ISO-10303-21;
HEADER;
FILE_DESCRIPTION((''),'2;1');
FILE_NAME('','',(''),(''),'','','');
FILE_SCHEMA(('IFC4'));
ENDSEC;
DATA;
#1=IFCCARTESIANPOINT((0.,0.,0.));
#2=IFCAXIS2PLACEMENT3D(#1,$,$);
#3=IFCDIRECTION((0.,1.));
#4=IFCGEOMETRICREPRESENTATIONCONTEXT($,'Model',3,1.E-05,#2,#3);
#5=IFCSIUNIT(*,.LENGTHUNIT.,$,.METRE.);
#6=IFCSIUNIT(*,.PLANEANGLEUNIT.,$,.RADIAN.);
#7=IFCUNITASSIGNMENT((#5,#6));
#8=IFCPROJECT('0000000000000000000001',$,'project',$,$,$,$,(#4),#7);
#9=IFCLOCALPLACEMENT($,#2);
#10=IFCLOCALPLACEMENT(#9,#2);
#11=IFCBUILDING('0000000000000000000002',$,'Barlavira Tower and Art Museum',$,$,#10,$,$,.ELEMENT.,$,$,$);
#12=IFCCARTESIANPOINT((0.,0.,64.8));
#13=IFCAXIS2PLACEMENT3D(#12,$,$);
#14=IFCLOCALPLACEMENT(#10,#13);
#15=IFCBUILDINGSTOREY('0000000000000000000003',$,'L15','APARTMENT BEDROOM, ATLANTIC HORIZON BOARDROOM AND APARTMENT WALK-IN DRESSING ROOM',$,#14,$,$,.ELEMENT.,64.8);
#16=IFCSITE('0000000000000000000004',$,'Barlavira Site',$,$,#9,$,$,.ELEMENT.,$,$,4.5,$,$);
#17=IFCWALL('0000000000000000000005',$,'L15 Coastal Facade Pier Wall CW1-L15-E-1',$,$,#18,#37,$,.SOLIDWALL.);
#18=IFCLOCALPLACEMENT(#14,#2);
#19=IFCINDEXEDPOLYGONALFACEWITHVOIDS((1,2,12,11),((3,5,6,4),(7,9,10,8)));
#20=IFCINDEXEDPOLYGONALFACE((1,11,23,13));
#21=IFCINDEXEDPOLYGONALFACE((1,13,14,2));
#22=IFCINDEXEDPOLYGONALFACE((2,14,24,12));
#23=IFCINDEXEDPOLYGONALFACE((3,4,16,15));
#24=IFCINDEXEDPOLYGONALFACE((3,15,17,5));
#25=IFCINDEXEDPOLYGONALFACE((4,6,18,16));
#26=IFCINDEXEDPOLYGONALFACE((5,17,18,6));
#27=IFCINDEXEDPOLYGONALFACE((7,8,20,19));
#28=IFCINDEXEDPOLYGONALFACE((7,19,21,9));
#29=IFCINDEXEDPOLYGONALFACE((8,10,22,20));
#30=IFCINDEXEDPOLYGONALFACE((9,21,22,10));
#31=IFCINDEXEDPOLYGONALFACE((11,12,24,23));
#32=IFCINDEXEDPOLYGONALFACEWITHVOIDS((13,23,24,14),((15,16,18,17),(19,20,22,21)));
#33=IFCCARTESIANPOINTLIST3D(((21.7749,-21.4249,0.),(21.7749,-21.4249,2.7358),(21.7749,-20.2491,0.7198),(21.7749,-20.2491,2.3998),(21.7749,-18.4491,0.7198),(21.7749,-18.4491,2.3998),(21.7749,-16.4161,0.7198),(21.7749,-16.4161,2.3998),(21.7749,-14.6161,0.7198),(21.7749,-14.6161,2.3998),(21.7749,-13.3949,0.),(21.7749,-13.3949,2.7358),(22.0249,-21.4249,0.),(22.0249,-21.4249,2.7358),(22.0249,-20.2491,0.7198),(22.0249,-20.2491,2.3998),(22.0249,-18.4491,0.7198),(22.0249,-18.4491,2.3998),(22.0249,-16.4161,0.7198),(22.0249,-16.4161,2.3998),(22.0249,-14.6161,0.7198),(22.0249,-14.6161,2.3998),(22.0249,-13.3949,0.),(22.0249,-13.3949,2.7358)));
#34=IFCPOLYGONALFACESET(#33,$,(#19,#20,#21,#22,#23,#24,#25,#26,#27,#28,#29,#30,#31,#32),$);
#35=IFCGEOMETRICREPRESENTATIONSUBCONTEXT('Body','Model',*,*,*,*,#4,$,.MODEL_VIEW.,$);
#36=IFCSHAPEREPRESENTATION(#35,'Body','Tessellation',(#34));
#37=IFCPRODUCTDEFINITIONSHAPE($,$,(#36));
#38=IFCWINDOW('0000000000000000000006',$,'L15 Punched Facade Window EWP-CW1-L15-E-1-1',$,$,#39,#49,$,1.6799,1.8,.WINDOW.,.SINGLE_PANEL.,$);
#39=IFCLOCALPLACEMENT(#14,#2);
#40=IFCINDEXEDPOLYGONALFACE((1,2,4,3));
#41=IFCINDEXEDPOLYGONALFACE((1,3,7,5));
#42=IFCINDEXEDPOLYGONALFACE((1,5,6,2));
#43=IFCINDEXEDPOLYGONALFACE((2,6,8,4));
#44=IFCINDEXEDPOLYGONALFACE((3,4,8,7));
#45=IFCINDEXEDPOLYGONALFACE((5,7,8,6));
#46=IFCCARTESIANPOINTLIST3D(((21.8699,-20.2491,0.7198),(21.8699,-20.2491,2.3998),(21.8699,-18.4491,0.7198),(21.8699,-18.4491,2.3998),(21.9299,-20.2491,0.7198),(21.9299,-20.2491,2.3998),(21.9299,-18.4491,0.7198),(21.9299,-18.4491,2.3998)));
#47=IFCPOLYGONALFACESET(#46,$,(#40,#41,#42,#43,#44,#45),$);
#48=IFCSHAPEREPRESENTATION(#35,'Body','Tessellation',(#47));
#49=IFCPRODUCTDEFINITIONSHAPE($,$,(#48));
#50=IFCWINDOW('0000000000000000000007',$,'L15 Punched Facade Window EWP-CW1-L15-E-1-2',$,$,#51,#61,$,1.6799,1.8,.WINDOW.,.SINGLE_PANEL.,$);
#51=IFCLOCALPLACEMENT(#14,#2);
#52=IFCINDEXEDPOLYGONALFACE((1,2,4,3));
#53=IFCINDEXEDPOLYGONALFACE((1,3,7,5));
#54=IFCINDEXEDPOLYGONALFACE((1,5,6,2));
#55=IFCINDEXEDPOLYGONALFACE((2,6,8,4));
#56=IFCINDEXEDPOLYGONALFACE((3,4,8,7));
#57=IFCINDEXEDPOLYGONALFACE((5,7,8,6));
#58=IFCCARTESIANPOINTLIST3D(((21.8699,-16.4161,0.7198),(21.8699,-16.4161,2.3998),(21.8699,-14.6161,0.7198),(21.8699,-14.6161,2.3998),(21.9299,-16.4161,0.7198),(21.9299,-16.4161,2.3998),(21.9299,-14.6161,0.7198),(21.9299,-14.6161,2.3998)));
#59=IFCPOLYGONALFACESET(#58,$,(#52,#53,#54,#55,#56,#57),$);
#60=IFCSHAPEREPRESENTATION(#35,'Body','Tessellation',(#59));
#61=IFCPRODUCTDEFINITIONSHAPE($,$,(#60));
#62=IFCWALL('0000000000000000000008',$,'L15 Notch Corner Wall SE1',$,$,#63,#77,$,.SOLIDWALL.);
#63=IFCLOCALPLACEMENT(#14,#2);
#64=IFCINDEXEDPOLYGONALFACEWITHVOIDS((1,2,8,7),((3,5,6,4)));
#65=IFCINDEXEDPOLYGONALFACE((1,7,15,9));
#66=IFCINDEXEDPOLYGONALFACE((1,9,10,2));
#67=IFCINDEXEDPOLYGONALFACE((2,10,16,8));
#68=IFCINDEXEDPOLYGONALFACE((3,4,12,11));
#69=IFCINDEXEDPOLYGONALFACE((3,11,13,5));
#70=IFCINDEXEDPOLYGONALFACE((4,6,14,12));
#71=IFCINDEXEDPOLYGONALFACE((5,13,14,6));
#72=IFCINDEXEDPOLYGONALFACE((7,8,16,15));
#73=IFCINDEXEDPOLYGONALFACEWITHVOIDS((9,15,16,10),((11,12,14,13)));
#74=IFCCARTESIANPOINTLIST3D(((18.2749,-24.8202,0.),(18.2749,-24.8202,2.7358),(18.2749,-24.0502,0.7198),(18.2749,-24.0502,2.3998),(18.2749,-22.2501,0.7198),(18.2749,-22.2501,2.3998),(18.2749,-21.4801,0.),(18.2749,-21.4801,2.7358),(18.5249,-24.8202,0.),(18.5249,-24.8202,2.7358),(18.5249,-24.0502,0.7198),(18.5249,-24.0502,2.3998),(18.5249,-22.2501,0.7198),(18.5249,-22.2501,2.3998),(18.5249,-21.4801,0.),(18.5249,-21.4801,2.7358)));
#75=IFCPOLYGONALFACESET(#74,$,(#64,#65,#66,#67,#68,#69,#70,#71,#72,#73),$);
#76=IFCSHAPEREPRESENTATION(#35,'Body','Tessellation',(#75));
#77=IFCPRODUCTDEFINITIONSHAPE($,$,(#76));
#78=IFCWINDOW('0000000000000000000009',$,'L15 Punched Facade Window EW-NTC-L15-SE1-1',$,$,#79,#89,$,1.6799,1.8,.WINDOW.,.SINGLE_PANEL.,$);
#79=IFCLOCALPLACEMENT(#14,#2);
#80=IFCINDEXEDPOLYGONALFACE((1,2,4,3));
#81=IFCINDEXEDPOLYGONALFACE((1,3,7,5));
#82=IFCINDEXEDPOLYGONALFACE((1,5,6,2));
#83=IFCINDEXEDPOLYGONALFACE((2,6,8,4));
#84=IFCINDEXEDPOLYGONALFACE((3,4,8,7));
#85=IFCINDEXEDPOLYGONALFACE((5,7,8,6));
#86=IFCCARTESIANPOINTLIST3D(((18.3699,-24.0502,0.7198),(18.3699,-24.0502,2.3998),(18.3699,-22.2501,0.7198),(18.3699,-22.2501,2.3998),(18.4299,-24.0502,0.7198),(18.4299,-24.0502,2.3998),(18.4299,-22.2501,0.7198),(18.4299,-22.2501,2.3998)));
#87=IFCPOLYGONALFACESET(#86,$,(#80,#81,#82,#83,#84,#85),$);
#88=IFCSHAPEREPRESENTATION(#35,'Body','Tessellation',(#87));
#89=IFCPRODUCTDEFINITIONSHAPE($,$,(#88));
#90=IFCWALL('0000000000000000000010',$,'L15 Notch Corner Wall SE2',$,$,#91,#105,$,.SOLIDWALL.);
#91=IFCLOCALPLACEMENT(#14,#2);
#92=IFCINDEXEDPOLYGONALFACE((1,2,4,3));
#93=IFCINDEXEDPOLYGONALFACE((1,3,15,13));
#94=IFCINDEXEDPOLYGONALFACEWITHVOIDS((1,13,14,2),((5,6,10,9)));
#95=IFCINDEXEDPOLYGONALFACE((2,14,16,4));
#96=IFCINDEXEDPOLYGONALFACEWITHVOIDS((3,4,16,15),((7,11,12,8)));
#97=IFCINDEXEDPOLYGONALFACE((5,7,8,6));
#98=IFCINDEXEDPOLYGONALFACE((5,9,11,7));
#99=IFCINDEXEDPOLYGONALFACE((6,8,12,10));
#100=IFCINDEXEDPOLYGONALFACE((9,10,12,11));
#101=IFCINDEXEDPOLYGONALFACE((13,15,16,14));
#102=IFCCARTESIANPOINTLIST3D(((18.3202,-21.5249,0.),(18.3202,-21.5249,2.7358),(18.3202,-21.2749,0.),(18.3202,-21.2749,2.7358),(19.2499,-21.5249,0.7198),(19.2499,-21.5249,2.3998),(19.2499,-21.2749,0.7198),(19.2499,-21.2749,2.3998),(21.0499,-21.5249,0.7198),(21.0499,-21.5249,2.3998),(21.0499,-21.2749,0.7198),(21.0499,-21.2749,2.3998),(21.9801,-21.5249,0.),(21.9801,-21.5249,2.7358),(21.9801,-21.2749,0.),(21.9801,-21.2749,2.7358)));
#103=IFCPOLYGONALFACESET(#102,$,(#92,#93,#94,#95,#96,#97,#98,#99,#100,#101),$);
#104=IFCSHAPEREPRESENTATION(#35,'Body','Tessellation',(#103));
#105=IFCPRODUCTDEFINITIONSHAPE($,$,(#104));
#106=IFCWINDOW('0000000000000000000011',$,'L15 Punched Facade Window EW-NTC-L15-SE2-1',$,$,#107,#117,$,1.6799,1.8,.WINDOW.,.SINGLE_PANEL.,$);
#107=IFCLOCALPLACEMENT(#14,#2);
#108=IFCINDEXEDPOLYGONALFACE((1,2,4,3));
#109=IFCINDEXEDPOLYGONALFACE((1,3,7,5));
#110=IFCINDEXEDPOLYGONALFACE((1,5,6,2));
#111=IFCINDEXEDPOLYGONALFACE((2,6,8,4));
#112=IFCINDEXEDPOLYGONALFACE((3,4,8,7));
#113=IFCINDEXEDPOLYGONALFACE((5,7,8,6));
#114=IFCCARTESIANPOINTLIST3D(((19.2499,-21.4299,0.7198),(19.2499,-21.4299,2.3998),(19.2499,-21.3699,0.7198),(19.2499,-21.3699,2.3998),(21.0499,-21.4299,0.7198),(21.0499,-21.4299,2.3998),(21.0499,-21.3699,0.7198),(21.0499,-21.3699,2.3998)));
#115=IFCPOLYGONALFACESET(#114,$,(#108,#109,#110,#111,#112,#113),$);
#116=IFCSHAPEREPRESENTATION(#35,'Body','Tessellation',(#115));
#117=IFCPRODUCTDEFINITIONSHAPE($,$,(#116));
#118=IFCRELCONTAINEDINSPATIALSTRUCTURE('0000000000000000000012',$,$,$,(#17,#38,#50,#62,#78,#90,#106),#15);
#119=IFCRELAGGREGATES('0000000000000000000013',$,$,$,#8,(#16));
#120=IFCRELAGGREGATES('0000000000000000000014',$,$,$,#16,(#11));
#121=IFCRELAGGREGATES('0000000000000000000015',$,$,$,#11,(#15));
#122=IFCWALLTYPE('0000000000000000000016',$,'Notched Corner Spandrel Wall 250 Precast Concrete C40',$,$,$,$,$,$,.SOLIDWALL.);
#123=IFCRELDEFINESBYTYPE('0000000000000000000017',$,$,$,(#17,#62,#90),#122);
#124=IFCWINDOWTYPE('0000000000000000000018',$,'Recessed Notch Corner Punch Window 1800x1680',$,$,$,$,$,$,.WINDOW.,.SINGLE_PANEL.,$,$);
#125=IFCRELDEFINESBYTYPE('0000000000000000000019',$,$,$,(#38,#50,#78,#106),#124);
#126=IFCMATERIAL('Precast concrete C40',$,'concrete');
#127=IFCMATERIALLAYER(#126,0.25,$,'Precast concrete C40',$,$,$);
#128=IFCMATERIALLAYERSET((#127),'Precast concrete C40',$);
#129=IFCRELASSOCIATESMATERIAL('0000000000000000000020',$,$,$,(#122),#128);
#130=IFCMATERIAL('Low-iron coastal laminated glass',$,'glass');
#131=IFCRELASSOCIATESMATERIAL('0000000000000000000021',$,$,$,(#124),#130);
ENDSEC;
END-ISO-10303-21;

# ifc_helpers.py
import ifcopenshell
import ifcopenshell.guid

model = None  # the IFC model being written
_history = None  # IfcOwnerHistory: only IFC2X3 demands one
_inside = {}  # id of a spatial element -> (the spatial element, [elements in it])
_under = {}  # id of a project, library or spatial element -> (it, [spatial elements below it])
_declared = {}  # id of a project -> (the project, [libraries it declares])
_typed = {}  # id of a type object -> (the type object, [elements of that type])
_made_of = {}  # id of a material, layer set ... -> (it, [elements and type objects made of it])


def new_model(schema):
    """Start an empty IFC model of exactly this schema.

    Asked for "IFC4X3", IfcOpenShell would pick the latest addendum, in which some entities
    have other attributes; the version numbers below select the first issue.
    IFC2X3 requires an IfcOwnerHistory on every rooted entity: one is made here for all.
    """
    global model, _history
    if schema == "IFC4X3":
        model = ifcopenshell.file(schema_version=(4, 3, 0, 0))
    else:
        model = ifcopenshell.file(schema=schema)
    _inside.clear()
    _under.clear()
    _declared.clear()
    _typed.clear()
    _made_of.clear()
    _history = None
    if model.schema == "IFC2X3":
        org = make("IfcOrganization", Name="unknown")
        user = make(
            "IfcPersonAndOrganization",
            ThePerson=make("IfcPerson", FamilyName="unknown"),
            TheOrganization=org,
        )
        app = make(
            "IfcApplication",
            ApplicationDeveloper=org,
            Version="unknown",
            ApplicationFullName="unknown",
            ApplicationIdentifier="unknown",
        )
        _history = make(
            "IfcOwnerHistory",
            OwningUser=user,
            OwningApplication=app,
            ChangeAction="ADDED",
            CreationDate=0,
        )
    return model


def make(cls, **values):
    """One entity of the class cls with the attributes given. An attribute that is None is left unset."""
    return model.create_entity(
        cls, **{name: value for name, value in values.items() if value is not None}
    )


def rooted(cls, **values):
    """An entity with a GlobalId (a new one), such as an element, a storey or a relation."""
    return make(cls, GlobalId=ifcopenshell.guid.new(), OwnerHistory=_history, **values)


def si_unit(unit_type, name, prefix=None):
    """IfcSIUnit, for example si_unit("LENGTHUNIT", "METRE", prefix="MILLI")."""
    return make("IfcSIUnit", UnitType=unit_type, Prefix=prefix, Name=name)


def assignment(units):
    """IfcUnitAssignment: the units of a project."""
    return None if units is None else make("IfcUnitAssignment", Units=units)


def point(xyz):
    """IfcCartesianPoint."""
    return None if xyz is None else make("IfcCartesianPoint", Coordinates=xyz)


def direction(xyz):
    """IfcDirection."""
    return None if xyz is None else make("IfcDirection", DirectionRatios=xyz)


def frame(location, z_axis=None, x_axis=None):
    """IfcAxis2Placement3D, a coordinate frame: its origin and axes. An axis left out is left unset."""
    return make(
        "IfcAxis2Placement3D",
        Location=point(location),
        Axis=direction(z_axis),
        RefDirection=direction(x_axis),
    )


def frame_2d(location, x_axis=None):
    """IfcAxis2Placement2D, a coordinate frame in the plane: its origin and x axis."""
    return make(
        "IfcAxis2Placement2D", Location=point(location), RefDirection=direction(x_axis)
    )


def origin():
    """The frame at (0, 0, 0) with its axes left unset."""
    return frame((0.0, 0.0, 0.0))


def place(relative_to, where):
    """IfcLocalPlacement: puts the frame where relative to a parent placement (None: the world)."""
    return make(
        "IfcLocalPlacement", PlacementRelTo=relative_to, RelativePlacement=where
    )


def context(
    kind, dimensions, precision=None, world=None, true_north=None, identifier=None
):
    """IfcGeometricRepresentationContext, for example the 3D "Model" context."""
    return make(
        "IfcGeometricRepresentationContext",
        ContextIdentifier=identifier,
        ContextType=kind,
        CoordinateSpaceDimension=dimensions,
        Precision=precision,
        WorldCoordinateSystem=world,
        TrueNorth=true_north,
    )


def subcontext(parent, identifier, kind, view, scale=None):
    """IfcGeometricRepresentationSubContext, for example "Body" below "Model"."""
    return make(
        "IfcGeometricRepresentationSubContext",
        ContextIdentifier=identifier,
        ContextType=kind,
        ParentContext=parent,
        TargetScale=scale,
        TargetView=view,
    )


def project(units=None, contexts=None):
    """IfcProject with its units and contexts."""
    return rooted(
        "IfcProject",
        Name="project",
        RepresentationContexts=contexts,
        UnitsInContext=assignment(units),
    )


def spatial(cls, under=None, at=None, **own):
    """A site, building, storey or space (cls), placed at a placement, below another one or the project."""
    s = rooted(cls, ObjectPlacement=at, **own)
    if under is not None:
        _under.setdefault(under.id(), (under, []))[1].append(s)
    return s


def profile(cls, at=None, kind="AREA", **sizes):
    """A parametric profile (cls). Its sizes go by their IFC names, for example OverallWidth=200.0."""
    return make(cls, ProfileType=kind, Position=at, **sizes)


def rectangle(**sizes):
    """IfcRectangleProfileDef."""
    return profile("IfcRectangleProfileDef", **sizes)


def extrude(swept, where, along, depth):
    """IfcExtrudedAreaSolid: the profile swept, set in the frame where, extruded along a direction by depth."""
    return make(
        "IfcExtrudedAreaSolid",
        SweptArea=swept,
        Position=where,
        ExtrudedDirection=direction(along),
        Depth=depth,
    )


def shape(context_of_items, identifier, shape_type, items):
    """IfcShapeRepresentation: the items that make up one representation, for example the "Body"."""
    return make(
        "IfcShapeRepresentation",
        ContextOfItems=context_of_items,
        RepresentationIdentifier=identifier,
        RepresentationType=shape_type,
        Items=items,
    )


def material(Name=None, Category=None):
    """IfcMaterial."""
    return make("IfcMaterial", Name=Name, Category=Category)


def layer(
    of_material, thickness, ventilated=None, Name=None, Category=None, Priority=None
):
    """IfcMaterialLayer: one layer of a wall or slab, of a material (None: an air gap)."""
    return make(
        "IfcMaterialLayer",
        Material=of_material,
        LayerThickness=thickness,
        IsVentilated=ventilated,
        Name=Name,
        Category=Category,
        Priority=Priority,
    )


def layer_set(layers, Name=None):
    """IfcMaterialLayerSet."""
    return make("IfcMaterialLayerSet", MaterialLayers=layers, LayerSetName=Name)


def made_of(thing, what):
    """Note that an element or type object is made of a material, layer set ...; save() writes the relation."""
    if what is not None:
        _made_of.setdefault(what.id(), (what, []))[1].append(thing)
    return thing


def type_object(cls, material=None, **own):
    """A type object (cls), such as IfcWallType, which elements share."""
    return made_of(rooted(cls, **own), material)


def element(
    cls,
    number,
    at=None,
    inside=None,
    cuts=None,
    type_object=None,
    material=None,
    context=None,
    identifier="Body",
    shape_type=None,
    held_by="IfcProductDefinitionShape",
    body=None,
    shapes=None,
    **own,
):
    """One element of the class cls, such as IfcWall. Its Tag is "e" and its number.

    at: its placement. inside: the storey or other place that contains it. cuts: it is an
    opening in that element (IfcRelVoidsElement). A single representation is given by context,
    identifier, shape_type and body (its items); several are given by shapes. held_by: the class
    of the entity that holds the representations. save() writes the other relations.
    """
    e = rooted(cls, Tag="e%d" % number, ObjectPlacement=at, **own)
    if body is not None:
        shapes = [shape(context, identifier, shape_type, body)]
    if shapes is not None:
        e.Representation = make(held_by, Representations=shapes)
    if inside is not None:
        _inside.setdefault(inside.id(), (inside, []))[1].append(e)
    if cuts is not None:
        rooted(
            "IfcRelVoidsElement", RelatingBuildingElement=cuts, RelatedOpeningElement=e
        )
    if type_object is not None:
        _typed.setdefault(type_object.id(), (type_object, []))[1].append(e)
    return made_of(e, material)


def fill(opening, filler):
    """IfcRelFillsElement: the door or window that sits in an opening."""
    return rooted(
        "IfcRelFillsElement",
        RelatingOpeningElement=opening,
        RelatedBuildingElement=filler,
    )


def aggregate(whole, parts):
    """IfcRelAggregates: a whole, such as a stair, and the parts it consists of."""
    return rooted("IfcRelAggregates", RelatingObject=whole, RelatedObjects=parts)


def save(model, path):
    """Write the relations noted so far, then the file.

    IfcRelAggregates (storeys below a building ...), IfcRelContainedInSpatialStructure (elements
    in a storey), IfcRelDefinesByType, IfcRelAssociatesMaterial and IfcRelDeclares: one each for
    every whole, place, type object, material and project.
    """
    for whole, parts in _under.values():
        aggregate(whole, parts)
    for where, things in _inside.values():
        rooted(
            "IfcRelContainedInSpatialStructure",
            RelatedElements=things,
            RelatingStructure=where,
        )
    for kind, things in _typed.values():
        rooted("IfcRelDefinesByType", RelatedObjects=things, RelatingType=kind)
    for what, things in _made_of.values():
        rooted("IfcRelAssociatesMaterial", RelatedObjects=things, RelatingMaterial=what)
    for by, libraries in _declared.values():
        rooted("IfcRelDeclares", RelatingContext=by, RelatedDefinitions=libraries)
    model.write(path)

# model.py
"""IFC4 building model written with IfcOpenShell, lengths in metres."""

from ifc_helpers import new_model, si_unit, direction, frame, frame_2d, origin, place, context, subcontext, project, spatial, rectangle, extrude, material, layer, layer_set, type_object, element, fill, save


model = new_model("IFC4")

# Units and contexts
model_context = context("Model", 3, precision=1e-05, world=origin(), true_north=direction((0.0, 1.0)))
body_context = subcontext(model_context, "Body", "Model", "MODEL_VIEW")
ifc_project = project(units=[si_unit("LENGTHUNIT", "METRE"), si_unit("PLANEANGLEUNIT", "RADIAN")], contexts=[model_context])

# Site, building, storey
site_placement = place(None, origin())
site = spatial("IfcSite", under=ifc_project, at=site_placement, Name="Barlavira Site", CompositionType="ELEMENT", RefElevation=4.5)
building_placement = place(site_placement, origin())
building = spatial("IfcBuilding", under=site, at=building_placement, Name="Barlavira Tower and Art Museum", CompositionType="ELEMENT")
storey_placement = place(building_placement, frame((0.0, 0.0, 64.8)))
storey = spatial("IfcBuildingStorey", under=building, at=storey_placement, Name="L15", Description="APARTMENT BEDROOM, ATLANTIC HORIZON BOARDROOM AND APARTMENT WALK-IN DRESSING ROOM", CompositionType="ELEMENT", Elevation=64.8)

# Shared definitions
ifc_material_1 = material(Name="Precast concrete C40", Category="concrete")
ifc_layer_1 = layer(ifc_material_1, 0.25, Name="Precast concrete C40")
ifc_layer_set_1 = layer_set([ifc_layer_1], Name="Precast concrete C40")
wall_type_1 = type_object("IfcWallType", Name="Notched Corner Spandrel Wall 250 Precast Concrete C40", PredefinedType="SOLIDWALL", material=ifc_layer_set_1)
ifc_material_2 = material(Name="Low-iron coastal laminated glass", Category="glass")
window_type = type_object("IfcWindowType", Name="Recessed Notch Corner Punch Window 1800x1680", PartitioningType="SINGLE_PANEL", PredefinedType="WINDOW", material=ifc_material_2)

# Wall, openings, windows
wall_1_placement = place(storey_placement, frame((21.8999, -21.425, 0.0), z_axis=(0.0, 0.0, 1.0), x_axis=(0.0, 1.0, 0.0)))
wall_1 = element("IfcWall", 1, at=wall_1_placement, inside=storey, type_object=wall_type_1, Name="L15 Coastal Facade Pier Wall CW1-L15-E-1", PredefinedType="SOLIDWALL", context=body_context, shape_type="SweptSolid", body=[
    extrude(rectangle(XDim=8.03, YDim=0.25, at=frame_2d((4.0151, 0.0))), origin(), (0.0, 0.0, 1.0), 2.7358),
])
opening_1_placement = place(wall_1_placement, frame((1.176, 0.0, 0.72)))
opening_1 = element("IfcOpeningElement", 2, at=opening_1_placement, cuts=wall_1, PredefinedType="OPENING", context=body_context, shape_type="SweptSolid", body=[
    extrude(rectangle(XDim=1.8, YDim=1.6799, at=frame_2d((0.8999, 0.8398))), frame((0.0, 0.135, 0.0), z_axis=(0.0, -1.0, 0.0), x_axis=(1.0, 0.0, 0.0)), (0.0, 0.0, 1.0), 0.27),
])
opening_2_placement = place(wall_1_placement, frame((5.009, 0.0, 0.72)))
opening_2 = element("IfcOpeningElement", 3, at=opening_2_placement, cuts=wall_1, PredefinedType="OPENING", context=body_context, shape_type="SweptSolid", body=[
    extrude(rectangle(XDim=1.8, YDim=1.6799, at=frame_2d((0.8999, 0.8398))), frame((0.0, 0.135, 0.0), z_axis=(0.0, -1.0, 0.0), x_axis=(1.0, 0.0, 0.0)), (0.0, 0.0, 1.0), 0.27),
])
window_1_placement = place(opening_1_placement, origin())
window_1 = element("IfcWindow", 4, at=window_1_placement, inside=storey, type_object=window_type, Name="L15 Punched Facade Window EWP-CW1-L15-E-1-1", OverallHeight=1.6799, OverallWidth=1.8, PartitioningType="SINGLE_PANEL", PredefinedType="WINDOW", context=body_context, shape_type="SweptSolid", body=[
    extrude(rectangle(XDim=1.8, YDim=1.6799, at=frame_2d((0.8999, 0.8398))), frame((0.0, 0.03, 0.0), z_axis=(0.0, -1.0, 0.0), x_axis=(1.0, 0.0, 0.0)), (0.0, 0.0, 1.0), 0.0601),
])
fill(opening_1, window_1)
window_2_placement = place(opening_2_placement, origin())
window_2 = element("IfcWindow", 5, at=window_2_placement, inside=storey, type_object=window_type, Name="L15 Punched Facade Window EWP-CW1-L15-E-1-2", OverallHeight=1.6799, OverallWidth=1.8, PartitioningType="SINGLE_PANEL", PredefinedType="WINDOW", context=body_context, shape_type="SweptSolid", body=[
    extrude(rectangle(XDim=1.8, YDim=1.6799, at=frame_2d((0.8999, 0.8398))), frame((0.0, 0.03, 0.0), z_axis=(0.0, -1.0, 0.0), x_axis=(1.0, 0.0, 0.0)), (0.0, 0.0, 1.0), 0.0601),
])
fill(opening_2, window_2)

# Walls, openings, windows
wall_2_placement = place(storey_placement, frame((18.3999, -24.8201, 0.0), z_axis=(0.0, 0.0, 1.0), x_axis=(0.0, 1.0, 0.0)))
wall_2 = element("IfcWall", 6, at=wall_2_placement, inside=storey, type_object=wall_type_1, Name="L15 Notch Corner Wall SE1", PredefinedType="SOLIDWALL", context=body_context, shape_type="SweptSolid", body=[
    extrude(rectangle(XDim=3.3401, YDim=0.25, at=frame_2d((1.6699, 0.0))), origin(), (0.0, 0.0, 1.0), 2.7358),
])
opening_3_placement = place(wall_2_placement, frame((0.77, 0.0, 0.72)))
opening_3 = element("IfcOpeningElement", 7, at=opening_3_placement, cuts=wall_2, PredefinedType="OPENING", context=body_context, shape_type="SweptSolid", body=[
    extrude(rectangle(XDim=1.8, YDim=1.6799, at=frame_2d((0.8999, 0.8398))), frame((0.0, 0.135, 0.0), z_axis=(0.0, -1.0, 0.0), x_axis=(1.0, 0.0, 0.0)), (0.0, 0.0, 1.0), 0.27),
])
window_3_placement = place(opening_3_placement, origin())
window_3 = element("IfcWindow", 8, at=window_3_placement, inside=storey, type_object=window_type, Name="L15 Punched Facade Window EW-NTC-L15-SE1-1", OverallHeight=1.6799, OverallWidth=1.8, PartitioningType="SINGLE_PANEL", PredefinedType="WINDOW", context=body_context, shape_type="SweptSolid", body=[
    extrude(rectangle(XDim=1.8, YDim=1.6799, at=frame_2d((0.8999, 0.8398))), frame((0.0, 0.03, 0.0), z_axis=(0.0, -1.0, 0.0), x_axis=(1.0, 0.0, 0.0)), (0.0, 0.0, 1.0), 0.0601),
])
fill(opening_3, window_3)
wall_3_placement = place(storey_placement, frame((18.3201, -21.3999, 0.0), z_axis=(0.0, 0.0, 1.0), x_axis=(1.0, 0.0, 0.0)))
wall_3 = element("IfcWall", 9, at=wall_3_placement, inside=storey, type_object=wall_type_1, Name="L15 Notch Corner Wall SE2", PredefinedType="SOLIDWALL", context=body_context, shape_type="SweptSolid", body=[
    extrude(rectangle(XDim=3.6599, YDim=0.25, at=frame_2d((1.8301, 0.0))), origin(), (0.0, 0.0, 1.0), 2.7358),
])
opening_4_placement = place(wall_3_placement, frame((0.9299, 0.0, 0.72)))
opening_4 = element("IfcOpeningElement", 10, at=opening_4_placement, cuts=wall_3, PredefinedType="OPENING", context=body_context, shape_type="SweptSolid", body=[
    extrude(rectangle(XDim=1.8, YDim=1.6799, at=frame_2d((0.8999, 0.8398))), frame((0.0, 0.135, 0.0), z_axis=(0.0, -1.0, 0.0), x_axis=(1.0, 0.0, 0.0)), (0.0, 0.0, 1.0), 0.27),
])
window_4_placement = place(opening_4_placement, origin())
window_4 = element("IfcWindow", 11, at=window_4_placement, inside=storey, type_object=window_type, Name="L15 Punched Facade Window EW-NTC-L15-SE2-1", OverallHeight=1.6799, OverallWidth=1.8, PartitioningType="SINGLE_PANEL", PredefinedType="WINDOW", context=body_context, shape_type="SweptSolid", body=[
    extrude(rectangle(XDim=1.8, YDim=1.6799, at=frame_2d((0.8999, 0.8398))), frame((0.0, 0.03, 0.0), z_axis=(0.0, -1.0, 0.0), x_axis=(1.0, 0.0, 0.0)), (0.0, 0.0, 1.0), 0.0601),
])
fill(opening_4, window_4)

save(model, "model.ifc")
